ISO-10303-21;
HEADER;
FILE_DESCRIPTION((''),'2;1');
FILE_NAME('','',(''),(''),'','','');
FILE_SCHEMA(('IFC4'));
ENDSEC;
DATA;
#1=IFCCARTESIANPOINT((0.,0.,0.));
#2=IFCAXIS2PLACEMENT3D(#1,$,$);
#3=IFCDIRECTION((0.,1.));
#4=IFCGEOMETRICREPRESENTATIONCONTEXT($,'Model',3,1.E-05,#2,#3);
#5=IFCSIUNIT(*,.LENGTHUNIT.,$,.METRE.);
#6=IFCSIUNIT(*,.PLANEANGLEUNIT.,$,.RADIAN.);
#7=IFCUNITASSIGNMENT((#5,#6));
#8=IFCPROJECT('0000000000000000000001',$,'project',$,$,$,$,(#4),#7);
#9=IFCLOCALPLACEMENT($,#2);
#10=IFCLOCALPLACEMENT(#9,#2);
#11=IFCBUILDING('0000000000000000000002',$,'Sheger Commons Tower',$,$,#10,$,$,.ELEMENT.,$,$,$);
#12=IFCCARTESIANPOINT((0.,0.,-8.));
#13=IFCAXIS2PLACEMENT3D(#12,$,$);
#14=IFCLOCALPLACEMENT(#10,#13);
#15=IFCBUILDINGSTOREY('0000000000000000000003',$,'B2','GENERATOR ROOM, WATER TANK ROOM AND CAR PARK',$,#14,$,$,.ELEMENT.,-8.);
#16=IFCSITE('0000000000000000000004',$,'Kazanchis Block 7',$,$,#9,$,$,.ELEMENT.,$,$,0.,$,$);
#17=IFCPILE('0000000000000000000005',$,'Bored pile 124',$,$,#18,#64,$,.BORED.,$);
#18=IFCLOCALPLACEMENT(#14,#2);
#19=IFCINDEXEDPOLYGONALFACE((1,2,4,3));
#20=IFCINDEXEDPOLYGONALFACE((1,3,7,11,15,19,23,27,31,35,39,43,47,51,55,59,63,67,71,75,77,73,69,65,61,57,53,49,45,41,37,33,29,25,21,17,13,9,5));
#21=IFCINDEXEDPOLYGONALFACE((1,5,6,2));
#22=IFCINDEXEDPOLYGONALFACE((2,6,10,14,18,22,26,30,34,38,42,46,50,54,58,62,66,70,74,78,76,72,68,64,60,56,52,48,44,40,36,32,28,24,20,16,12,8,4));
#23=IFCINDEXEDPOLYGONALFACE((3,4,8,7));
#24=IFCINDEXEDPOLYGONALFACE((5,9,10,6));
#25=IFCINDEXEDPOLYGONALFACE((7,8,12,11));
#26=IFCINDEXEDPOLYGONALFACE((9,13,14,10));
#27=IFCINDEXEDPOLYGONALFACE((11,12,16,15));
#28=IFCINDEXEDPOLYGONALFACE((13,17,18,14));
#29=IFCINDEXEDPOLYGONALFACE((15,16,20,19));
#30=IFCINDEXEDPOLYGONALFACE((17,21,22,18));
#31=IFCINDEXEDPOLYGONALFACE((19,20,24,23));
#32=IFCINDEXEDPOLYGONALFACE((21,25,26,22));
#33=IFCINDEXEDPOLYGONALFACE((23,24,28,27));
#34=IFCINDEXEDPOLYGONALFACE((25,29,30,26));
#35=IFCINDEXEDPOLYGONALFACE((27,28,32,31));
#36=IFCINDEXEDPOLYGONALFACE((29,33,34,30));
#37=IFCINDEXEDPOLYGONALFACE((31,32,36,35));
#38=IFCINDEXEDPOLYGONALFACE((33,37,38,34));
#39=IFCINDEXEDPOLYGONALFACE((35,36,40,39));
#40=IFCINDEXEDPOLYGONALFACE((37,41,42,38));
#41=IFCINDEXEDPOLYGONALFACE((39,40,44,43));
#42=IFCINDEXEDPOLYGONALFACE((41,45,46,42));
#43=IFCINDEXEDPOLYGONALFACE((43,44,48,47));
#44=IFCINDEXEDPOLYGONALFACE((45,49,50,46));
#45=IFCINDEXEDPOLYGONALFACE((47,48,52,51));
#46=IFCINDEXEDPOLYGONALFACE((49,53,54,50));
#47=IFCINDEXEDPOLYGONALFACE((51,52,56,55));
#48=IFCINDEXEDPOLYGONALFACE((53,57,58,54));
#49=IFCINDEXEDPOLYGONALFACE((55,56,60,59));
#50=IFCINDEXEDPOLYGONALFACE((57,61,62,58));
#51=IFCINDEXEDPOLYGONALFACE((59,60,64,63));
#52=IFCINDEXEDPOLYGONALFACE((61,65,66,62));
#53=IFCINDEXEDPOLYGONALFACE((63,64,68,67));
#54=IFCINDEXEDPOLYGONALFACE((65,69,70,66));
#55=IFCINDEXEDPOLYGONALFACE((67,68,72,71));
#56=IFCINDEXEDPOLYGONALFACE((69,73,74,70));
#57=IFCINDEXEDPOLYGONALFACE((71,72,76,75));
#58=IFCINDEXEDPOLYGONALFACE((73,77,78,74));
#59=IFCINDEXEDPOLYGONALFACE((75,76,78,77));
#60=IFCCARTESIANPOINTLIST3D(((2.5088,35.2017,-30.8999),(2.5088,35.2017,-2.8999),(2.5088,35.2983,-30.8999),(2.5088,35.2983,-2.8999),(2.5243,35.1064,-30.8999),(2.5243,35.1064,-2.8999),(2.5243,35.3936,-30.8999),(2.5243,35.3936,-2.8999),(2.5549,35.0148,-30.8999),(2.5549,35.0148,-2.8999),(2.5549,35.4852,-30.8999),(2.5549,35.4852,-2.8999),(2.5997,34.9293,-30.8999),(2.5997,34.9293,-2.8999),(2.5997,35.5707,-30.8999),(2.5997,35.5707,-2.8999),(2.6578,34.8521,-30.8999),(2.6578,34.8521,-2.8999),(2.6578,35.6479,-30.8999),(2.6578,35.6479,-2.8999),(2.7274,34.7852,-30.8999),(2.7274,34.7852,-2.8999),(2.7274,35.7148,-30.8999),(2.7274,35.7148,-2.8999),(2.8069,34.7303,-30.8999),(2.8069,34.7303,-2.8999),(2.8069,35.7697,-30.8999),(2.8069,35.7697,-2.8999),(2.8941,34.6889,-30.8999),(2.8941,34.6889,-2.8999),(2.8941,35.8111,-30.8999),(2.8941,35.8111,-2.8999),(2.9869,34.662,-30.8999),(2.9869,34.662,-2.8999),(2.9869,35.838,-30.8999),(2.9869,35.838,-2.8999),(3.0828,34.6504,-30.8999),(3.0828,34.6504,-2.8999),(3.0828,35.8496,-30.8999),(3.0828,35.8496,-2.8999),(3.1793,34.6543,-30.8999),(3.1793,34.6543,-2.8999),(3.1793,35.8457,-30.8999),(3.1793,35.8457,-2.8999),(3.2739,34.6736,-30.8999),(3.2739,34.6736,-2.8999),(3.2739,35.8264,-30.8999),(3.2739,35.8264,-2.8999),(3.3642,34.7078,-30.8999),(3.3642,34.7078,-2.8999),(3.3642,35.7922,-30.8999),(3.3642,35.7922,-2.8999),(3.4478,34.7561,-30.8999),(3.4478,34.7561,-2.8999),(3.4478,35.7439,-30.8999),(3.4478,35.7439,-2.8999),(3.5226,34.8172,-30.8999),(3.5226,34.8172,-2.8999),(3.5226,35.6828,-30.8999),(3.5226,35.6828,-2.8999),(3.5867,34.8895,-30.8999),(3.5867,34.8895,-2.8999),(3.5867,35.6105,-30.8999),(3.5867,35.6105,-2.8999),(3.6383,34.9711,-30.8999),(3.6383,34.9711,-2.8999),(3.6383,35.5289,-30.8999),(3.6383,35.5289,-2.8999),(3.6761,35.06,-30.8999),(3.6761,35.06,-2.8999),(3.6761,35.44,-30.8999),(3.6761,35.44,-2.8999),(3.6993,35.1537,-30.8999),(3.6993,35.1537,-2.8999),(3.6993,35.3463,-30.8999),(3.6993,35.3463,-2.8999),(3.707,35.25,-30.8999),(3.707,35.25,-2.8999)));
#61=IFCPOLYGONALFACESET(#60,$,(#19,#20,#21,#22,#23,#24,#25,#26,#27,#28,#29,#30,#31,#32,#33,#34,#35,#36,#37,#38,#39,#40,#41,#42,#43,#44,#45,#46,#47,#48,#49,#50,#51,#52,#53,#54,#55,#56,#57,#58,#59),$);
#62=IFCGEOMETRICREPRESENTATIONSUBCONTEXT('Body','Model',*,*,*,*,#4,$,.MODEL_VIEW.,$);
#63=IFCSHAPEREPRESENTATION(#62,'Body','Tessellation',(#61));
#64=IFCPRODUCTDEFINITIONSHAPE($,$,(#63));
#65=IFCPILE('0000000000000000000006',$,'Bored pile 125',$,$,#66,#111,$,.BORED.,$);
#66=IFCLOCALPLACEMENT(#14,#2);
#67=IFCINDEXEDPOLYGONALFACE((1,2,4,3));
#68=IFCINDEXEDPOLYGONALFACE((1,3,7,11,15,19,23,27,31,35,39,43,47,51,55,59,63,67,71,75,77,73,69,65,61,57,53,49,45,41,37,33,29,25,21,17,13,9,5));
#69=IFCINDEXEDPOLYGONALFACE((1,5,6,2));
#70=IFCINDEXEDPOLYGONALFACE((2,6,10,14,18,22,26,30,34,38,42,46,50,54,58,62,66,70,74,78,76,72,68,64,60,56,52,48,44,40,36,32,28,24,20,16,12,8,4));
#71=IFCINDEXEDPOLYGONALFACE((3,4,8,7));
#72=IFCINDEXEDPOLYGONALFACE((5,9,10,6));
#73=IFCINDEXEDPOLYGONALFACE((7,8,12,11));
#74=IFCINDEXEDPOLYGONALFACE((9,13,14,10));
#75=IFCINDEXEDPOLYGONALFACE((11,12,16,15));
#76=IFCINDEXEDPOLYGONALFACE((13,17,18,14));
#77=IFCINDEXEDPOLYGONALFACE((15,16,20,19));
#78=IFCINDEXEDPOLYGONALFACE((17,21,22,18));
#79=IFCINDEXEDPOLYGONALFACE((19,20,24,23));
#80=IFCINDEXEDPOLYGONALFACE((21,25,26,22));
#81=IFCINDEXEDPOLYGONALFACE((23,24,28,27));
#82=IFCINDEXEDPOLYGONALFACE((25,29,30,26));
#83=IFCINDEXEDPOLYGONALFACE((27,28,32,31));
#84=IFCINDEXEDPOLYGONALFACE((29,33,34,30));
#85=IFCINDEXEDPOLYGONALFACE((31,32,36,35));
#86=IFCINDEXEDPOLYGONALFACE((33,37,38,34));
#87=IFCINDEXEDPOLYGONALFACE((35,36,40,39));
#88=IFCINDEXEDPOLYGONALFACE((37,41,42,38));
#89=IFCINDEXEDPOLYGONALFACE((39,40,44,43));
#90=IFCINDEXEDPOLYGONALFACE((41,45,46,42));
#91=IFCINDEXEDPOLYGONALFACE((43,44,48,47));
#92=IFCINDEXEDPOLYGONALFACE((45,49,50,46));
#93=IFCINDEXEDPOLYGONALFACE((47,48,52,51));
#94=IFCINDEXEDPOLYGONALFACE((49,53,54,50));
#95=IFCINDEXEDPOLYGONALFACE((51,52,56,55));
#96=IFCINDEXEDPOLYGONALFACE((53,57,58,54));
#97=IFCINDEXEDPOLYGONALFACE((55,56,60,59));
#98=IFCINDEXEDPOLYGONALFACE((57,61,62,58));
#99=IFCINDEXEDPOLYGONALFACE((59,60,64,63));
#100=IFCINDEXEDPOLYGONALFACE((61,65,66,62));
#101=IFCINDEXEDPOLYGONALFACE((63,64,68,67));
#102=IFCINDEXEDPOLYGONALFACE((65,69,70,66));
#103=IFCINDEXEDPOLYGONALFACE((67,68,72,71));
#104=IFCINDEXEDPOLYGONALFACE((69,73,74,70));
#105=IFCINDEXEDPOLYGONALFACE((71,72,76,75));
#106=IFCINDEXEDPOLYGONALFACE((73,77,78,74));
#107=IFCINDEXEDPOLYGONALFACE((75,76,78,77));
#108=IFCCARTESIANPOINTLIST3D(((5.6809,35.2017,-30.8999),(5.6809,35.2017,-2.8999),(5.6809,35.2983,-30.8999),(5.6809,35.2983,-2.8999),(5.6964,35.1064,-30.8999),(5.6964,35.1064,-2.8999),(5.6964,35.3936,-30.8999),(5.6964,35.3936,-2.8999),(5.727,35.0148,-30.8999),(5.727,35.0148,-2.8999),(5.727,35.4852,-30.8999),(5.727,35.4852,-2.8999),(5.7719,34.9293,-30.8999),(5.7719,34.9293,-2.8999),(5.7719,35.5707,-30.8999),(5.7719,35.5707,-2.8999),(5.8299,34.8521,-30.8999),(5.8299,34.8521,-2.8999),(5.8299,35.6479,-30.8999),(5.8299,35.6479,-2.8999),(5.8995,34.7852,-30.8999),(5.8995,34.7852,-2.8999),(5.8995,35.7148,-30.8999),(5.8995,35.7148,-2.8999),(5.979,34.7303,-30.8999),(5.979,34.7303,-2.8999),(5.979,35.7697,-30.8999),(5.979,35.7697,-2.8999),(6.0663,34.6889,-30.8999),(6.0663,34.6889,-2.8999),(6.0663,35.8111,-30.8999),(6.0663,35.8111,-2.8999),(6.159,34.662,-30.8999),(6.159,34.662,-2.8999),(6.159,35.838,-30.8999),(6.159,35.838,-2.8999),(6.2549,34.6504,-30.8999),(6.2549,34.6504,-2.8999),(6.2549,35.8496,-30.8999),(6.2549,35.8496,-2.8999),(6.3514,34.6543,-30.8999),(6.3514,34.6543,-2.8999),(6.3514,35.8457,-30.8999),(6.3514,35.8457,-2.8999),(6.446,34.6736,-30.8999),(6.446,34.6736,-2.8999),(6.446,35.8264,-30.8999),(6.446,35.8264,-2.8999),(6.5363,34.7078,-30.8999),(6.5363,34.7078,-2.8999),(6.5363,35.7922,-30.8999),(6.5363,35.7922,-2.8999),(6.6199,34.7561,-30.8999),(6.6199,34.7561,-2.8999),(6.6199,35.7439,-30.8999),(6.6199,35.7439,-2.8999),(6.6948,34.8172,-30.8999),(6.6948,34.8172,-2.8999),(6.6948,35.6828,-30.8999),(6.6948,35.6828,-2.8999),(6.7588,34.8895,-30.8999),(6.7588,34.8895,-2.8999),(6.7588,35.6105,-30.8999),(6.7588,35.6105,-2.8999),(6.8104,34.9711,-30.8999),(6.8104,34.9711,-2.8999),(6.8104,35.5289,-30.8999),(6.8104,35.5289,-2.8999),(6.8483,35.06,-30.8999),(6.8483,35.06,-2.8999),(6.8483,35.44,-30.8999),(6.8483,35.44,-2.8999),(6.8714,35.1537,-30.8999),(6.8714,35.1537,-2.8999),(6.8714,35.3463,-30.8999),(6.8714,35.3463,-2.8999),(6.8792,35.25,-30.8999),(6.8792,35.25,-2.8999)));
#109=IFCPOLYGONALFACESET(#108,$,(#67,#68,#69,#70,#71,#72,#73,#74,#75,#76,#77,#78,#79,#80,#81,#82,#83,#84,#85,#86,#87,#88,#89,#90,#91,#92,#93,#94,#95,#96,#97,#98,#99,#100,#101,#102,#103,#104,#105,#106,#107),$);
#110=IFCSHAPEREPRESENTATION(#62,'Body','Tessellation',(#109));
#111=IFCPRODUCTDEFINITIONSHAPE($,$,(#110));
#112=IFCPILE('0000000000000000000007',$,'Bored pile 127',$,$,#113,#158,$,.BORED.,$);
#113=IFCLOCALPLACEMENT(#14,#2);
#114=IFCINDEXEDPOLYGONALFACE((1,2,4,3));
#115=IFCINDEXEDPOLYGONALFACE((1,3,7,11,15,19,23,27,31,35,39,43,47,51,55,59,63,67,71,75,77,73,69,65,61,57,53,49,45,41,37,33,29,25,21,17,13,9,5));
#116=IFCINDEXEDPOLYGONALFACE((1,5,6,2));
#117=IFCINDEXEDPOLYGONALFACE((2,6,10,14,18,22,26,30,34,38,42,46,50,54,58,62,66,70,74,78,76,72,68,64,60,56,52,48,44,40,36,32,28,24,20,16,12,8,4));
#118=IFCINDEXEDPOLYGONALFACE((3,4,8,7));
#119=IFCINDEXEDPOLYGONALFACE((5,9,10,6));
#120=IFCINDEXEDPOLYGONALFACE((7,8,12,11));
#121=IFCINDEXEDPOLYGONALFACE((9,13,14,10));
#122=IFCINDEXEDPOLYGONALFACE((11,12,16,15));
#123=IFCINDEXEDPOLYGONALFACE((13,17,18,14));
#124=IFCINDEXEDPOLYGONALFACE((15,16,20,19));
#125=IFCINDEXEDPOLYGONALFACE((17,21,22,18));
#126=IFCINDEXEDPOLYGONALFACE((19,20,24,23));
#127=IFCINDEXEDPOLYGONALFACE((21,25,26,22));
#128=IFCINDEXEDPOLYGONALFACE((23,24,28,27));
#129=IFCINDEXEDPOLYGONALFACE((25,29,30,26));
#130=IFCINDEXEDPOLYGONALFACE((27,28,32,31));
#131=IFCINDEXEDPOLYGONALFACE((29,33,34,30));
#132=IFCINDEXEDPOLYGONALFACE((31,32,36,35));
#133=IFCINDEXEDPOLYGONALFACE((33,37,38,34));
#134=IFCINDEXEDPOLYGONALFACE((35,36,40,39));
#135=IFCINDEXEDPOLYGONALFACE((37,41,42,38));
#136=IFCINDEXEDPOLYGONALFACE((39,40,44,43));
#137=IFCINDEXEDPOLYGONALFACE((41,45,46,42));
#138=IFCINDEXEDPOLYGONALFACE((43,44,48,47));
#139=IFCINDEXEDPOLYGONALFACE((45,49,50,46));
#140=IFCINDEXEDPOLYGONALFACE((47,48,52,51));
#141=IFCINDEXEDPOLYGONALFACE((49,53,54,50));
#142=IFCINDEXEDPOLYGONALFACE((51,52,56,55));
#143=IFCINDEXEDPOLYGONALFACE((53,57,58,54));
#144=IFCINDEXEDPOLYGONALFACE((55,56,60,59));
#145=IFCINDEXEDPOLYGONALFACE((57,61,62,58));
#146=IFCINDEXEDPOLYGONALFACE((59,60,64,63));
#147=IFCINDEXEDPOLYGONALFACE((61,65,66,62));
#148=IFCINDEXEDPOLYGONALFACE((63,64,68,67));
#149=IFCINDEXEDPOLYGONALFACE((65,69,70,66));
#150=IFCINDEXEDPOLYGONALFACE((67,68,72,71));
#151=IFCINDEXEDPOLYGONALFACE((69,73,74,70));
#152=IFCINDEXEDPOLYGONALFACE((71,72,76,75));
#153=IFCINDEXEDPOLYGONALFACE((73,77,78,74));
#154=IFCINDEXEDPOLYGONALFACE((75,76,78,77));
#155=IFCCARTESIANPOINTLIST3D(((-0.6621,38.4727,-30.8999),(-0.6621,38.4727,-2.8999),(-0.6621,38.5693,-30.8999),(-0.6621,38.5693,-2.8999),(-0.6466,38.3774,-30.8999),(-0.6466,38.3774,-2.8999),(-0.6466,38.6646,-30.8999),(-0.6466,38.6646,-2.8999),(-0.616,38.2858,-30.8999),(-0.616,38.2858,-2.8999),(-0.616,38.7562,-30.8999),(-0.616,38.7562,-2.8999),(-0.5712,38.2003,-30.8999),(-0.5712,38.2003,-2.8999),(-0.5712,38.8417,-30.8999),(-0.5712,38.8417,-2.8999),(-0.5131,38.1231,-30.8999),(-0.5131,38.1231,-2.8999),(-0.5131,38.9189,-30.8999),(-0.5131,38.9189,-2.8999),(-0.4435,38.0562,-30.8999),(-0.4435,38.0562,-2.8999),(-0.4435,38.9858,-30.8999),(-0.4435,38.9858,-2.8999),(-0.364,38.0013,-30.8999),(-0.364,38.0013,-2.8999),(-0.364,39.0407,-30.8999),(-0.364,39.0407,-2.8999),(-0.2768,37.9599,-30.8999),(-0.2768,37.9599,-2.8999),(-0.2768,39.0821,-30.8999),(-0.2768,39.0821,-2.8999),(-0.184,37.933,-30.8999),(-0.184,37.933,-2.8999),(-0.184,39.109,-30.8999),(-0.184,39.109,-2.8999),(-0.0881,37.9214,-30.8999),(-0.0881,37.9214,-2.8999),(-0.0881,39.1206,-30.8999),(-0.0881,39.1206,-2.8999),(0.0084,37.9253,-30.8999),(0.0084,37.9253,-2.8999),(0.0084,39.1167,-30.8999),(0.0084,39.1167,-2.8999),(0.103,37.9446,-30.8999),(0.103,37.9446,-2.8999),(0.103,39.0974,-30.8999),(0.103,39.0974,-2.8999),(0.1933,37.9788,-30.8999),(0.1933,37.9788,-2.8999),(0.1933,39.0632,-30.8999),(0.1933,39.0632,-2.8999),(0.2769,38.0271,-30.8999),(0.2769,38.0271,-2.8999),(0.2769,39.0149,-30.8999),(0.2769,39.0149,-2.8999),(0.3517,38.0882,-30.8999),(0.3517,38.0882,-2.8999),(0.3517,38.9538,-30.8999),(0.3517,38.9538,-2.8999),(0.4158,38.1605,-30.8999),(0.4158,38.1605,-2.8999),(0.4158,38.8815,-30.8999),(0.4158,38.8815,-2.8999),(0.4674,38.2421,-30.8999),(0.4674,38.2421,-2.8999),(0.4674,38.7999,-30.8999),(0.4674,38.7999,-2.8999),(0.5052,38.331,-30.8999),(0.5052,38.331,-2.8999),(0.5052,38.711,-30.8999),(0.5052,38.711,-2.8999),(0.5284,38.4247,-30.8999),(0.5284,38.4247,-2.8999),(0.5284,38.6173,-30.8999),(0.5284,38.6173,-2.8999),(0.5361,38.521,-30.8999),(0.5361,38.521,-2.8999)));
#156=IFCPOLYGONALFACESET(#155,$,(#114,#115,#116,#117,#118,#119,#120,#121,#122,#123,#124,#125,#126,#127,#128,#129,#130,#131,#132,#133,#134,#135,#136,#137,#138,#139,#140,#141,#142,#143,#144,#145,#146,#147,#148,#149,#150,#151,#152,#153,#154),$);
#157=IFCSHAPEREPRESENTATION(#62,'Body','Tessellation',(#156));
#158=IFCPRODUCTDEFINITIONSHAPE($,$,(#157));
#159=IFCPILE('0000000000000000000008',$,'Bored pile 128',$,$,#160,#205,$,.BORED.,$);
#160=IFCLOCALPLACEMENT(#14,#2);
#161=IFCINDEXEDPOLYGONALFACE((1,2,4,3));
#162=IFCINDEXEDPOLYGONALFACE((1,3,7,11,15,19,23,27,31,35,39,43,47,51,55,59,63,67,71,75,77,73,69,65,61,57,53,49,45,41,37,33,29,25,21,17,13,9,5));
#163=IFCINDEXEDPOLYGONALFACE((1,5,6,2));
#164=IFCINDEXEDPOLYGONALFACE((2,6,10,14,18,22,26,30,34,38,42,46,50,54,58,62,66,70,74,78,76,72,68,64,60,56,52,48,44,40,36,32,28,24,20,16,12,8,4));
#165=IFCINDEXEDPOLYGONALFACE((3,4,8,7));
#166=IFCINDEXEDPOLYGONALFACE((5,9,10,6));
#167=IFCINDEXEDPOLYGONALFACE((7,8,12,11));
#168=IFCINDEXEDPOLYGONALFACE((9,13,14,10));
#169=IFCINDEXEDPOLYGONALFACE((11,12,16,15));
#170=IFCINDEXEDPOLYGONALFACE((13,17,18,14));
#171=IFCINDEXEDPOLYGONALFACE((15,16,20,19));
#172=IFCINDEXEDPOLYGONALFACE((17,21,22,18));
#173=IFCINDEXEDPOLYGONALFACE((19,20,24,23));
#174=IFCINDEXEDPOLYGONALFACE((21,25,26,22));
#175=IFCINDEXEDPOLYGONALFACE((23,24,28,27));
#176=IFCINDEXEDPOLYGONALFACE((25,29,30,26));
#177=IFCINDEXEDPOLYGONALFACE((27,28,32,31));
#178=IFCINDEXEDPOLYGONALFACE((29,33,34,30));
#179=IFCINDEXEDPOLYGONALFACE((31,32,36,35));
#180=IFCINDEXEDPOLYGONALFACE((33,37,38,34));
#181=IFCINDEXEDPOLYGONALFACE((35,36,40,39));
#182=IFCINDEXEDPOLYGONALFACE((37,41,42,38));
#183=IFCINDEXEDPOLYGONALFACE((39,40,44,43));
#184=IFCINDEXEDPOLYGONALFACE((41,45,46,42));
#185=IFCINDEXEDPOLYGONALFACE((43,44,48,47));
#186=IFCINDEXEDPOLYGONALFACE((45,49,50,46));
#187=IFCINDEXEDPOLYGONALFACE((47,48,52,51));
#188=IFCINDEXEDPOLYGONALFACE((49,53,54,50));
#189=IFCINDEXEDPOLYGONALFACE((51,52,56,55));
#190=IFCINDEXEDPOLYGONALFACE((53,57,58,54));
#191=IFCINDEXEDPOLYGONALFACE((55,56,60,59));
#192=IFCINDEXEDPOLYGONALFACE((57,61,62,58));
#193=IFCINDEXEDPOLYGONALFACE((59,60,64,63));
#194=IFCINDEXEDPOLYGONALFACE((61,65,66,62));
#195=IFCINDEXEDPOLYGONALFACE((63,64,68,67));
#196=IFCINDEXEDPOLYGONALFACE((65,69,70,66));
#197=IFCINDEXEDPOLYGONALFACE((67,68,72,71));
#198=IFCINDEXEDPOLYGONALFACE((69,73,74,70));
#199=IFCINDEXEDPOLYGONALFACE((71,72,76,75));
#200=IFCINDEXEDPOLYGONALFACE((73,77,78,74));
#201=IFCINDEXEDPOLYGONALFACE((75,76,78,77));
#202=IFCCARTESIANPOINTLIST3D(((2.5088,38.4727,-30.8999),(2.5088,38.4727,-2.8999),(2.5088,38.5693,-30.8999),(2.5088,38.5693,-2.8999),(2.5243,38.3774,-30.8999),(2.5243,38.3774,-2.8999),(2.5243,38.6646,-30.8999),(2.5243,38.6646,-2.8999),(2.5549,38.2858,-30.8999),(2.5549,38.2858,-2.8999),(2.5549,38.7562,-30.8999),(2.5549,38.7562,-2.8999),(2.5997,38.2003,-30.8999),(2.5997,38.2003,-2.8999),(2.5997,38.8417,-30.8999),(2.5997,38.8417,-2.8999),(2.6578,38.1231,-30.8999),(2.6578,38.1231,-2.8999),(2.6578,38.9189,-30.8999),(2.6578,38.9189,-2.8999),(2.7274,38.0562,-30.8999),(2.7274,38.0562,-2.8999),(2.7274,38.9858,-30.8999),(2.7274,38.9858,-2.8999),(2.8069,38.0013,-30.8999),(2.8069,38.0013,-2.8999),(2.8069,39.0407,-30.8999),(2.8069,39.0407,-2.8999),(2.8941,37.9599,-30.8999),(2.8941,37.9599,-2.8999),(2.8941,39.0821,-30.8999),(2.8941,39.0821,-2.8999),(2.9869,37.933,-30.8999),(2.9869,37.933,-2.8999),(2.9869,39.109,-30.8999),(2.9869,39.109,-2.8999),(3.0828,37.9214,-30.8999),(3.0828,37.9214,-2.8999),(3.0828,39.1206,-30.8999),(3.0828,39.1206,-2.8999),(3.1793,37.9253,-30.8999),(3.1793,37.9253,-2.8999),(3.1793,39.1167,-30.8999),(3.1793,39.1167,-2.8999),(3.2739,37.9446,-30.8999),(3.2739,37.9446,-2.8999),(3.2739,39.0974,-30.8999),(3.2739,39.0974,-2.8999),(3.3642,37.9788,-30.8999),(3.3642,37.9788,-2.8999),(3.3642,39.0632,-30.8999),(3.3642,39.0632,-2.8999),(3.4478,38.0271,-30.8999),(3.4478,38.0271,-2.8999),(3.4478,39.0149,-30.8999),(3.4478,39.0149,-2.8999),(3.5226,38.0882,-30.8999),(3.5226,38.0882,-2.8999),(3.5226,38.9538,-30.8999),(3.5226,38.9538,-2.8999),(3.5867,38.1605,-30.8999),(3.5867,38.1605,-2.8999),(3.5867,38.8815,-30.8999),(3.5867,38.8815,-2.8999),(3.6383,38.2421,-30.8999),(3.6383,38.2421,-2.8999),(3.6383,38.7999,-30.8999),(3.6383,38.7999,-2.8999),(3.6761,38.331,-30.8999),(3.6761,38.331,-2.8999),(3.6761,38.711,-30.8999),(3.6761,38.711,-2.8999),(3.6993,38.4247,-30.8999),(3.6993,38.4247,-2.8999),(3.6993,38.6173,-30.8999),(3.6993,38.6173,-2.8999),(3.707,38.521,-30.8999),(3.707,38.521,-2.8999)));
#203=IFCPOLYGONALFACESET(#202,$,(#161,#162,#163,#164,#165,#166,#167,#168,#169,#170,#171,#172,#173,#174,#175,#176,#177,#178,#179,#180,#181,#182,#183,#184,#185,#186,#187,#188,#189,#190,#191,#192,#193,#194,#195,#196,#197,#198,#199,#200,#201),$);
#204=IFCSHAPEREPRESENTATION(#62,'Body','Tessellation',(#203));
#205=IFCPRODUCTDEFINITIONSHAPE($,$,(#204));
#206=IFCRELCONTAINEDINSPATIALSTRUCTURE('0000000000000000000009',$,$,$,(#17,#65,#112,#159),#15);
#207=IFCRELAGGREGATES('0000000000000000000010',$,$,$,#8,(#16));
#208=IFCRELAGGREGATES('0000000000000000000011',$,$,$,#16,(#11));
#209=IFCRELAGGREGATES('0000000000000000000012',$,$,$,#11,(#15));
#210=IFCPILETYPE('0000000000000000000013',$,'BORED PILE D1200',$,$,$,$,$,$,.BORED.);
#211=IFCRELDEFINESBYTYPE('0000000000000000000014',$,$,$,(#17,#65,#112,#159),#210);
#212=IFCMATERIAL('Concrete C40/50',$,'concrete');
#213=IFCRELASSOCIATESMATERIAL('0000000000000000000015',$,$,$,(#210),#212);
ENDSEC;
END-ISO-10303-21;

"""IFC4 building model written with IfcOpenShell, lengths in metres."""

from ifc_helpers import new_model, si_unit, direction, frame, origin, origin_2d, place, context, subcontext, project, spatial, circle, extrude, material, material_profile, profile_set, type_object, element, save


model = new_model("IFC4")

# Units and contexts
model_context = context("Model", 3, precision=1e-05, world=origin(), true_north=direction((0.0, 1.0)))
body_context = subcontext(model_context, "Body", "Model", "MODEL_VIEW")
ifc_project = project(units=[si_unit("LENGTHUNIT", "METRE"), si_unit("PLANEANGLEUNIT", "RADIAN")], contexts=[model_context])

# Site, building, storey
site_placement = place(None, origin())
site = spatial("IfcSite", under=ifc_project, at=site_placement, Name="Kazanchis Block 7", CompositionType="ELEMENT", RefElevation=0.0)
building_placement = place(site_placement, origin())
building = spatial("IfcBuilding", under=site, at=building_placement, Name="Sheger Commons Tower", CompositionType="ELEMENT")
storey_placement = place(building_placement, frame((0.0, 0.0, -8.0)))
storey = spatial("IfcBuildingStorey", under=building, at=storey_placement, Name="B2", Description="GENERATOR ROOM, WATER TANK ROOM AND CAR PARK", CompositionType="ELEMENT", Elevation=-8.0)

# Piles
ifc_material_1 = material(Name="Concrete C40/50", Category="concrete")
ifc_material_profile_1 = material_profile(ifc_material_1, circle(Radius=0.6001, at=origin_2d()), Name="PILE D1200")
ifc_profile_set_1 = profile_set([ifc_material_profile_1], Name="Concrete C40/50")
pile_type = type_object("IfcPileType", Name="BORED PILE D1200", PredefinedType="BORED", material=ifc_profile_set_1)
for number, where, z_axis, x_axis, name in (
    (1, (3.1069, 35.25, -2.8999), (0.0, 0.0, -1.0), (1.0, 0.0, 0.0), "Bored pile 124"),
    (2, (6.2791, 35.25, -2.8999), (0.0, 0.0, -1.0), (1.0, 0.0, 0.0), "Bored pile 125"),
    (3, (-0.064, 38.521, -2.8999), (0.0, 0.0, -1.0), (1.0, 0.0, 0.0), "Bored pile 127"),
    (4, (3.1069, 38.521, -2.8999), (0.0, 0.0, -1.0), (1.0, 0.0, 0.0), "Bored pile 128"),
):
    element("IfcPile", number, at=place(storey_placement, frame(where, z_axis=z_axis, x_axis=x_axis)), inside=storey, type_object=pile_type, Name=name, PredefinedType="BORED", context=body_context, shape_type="SweptSolid", body=[
        extrude(circle(Radius=0.6001, at=origin_2d()), origin(), (0.0, 0.0, 1.0), 28.0),
    ])

save(model, "model.ifc")
